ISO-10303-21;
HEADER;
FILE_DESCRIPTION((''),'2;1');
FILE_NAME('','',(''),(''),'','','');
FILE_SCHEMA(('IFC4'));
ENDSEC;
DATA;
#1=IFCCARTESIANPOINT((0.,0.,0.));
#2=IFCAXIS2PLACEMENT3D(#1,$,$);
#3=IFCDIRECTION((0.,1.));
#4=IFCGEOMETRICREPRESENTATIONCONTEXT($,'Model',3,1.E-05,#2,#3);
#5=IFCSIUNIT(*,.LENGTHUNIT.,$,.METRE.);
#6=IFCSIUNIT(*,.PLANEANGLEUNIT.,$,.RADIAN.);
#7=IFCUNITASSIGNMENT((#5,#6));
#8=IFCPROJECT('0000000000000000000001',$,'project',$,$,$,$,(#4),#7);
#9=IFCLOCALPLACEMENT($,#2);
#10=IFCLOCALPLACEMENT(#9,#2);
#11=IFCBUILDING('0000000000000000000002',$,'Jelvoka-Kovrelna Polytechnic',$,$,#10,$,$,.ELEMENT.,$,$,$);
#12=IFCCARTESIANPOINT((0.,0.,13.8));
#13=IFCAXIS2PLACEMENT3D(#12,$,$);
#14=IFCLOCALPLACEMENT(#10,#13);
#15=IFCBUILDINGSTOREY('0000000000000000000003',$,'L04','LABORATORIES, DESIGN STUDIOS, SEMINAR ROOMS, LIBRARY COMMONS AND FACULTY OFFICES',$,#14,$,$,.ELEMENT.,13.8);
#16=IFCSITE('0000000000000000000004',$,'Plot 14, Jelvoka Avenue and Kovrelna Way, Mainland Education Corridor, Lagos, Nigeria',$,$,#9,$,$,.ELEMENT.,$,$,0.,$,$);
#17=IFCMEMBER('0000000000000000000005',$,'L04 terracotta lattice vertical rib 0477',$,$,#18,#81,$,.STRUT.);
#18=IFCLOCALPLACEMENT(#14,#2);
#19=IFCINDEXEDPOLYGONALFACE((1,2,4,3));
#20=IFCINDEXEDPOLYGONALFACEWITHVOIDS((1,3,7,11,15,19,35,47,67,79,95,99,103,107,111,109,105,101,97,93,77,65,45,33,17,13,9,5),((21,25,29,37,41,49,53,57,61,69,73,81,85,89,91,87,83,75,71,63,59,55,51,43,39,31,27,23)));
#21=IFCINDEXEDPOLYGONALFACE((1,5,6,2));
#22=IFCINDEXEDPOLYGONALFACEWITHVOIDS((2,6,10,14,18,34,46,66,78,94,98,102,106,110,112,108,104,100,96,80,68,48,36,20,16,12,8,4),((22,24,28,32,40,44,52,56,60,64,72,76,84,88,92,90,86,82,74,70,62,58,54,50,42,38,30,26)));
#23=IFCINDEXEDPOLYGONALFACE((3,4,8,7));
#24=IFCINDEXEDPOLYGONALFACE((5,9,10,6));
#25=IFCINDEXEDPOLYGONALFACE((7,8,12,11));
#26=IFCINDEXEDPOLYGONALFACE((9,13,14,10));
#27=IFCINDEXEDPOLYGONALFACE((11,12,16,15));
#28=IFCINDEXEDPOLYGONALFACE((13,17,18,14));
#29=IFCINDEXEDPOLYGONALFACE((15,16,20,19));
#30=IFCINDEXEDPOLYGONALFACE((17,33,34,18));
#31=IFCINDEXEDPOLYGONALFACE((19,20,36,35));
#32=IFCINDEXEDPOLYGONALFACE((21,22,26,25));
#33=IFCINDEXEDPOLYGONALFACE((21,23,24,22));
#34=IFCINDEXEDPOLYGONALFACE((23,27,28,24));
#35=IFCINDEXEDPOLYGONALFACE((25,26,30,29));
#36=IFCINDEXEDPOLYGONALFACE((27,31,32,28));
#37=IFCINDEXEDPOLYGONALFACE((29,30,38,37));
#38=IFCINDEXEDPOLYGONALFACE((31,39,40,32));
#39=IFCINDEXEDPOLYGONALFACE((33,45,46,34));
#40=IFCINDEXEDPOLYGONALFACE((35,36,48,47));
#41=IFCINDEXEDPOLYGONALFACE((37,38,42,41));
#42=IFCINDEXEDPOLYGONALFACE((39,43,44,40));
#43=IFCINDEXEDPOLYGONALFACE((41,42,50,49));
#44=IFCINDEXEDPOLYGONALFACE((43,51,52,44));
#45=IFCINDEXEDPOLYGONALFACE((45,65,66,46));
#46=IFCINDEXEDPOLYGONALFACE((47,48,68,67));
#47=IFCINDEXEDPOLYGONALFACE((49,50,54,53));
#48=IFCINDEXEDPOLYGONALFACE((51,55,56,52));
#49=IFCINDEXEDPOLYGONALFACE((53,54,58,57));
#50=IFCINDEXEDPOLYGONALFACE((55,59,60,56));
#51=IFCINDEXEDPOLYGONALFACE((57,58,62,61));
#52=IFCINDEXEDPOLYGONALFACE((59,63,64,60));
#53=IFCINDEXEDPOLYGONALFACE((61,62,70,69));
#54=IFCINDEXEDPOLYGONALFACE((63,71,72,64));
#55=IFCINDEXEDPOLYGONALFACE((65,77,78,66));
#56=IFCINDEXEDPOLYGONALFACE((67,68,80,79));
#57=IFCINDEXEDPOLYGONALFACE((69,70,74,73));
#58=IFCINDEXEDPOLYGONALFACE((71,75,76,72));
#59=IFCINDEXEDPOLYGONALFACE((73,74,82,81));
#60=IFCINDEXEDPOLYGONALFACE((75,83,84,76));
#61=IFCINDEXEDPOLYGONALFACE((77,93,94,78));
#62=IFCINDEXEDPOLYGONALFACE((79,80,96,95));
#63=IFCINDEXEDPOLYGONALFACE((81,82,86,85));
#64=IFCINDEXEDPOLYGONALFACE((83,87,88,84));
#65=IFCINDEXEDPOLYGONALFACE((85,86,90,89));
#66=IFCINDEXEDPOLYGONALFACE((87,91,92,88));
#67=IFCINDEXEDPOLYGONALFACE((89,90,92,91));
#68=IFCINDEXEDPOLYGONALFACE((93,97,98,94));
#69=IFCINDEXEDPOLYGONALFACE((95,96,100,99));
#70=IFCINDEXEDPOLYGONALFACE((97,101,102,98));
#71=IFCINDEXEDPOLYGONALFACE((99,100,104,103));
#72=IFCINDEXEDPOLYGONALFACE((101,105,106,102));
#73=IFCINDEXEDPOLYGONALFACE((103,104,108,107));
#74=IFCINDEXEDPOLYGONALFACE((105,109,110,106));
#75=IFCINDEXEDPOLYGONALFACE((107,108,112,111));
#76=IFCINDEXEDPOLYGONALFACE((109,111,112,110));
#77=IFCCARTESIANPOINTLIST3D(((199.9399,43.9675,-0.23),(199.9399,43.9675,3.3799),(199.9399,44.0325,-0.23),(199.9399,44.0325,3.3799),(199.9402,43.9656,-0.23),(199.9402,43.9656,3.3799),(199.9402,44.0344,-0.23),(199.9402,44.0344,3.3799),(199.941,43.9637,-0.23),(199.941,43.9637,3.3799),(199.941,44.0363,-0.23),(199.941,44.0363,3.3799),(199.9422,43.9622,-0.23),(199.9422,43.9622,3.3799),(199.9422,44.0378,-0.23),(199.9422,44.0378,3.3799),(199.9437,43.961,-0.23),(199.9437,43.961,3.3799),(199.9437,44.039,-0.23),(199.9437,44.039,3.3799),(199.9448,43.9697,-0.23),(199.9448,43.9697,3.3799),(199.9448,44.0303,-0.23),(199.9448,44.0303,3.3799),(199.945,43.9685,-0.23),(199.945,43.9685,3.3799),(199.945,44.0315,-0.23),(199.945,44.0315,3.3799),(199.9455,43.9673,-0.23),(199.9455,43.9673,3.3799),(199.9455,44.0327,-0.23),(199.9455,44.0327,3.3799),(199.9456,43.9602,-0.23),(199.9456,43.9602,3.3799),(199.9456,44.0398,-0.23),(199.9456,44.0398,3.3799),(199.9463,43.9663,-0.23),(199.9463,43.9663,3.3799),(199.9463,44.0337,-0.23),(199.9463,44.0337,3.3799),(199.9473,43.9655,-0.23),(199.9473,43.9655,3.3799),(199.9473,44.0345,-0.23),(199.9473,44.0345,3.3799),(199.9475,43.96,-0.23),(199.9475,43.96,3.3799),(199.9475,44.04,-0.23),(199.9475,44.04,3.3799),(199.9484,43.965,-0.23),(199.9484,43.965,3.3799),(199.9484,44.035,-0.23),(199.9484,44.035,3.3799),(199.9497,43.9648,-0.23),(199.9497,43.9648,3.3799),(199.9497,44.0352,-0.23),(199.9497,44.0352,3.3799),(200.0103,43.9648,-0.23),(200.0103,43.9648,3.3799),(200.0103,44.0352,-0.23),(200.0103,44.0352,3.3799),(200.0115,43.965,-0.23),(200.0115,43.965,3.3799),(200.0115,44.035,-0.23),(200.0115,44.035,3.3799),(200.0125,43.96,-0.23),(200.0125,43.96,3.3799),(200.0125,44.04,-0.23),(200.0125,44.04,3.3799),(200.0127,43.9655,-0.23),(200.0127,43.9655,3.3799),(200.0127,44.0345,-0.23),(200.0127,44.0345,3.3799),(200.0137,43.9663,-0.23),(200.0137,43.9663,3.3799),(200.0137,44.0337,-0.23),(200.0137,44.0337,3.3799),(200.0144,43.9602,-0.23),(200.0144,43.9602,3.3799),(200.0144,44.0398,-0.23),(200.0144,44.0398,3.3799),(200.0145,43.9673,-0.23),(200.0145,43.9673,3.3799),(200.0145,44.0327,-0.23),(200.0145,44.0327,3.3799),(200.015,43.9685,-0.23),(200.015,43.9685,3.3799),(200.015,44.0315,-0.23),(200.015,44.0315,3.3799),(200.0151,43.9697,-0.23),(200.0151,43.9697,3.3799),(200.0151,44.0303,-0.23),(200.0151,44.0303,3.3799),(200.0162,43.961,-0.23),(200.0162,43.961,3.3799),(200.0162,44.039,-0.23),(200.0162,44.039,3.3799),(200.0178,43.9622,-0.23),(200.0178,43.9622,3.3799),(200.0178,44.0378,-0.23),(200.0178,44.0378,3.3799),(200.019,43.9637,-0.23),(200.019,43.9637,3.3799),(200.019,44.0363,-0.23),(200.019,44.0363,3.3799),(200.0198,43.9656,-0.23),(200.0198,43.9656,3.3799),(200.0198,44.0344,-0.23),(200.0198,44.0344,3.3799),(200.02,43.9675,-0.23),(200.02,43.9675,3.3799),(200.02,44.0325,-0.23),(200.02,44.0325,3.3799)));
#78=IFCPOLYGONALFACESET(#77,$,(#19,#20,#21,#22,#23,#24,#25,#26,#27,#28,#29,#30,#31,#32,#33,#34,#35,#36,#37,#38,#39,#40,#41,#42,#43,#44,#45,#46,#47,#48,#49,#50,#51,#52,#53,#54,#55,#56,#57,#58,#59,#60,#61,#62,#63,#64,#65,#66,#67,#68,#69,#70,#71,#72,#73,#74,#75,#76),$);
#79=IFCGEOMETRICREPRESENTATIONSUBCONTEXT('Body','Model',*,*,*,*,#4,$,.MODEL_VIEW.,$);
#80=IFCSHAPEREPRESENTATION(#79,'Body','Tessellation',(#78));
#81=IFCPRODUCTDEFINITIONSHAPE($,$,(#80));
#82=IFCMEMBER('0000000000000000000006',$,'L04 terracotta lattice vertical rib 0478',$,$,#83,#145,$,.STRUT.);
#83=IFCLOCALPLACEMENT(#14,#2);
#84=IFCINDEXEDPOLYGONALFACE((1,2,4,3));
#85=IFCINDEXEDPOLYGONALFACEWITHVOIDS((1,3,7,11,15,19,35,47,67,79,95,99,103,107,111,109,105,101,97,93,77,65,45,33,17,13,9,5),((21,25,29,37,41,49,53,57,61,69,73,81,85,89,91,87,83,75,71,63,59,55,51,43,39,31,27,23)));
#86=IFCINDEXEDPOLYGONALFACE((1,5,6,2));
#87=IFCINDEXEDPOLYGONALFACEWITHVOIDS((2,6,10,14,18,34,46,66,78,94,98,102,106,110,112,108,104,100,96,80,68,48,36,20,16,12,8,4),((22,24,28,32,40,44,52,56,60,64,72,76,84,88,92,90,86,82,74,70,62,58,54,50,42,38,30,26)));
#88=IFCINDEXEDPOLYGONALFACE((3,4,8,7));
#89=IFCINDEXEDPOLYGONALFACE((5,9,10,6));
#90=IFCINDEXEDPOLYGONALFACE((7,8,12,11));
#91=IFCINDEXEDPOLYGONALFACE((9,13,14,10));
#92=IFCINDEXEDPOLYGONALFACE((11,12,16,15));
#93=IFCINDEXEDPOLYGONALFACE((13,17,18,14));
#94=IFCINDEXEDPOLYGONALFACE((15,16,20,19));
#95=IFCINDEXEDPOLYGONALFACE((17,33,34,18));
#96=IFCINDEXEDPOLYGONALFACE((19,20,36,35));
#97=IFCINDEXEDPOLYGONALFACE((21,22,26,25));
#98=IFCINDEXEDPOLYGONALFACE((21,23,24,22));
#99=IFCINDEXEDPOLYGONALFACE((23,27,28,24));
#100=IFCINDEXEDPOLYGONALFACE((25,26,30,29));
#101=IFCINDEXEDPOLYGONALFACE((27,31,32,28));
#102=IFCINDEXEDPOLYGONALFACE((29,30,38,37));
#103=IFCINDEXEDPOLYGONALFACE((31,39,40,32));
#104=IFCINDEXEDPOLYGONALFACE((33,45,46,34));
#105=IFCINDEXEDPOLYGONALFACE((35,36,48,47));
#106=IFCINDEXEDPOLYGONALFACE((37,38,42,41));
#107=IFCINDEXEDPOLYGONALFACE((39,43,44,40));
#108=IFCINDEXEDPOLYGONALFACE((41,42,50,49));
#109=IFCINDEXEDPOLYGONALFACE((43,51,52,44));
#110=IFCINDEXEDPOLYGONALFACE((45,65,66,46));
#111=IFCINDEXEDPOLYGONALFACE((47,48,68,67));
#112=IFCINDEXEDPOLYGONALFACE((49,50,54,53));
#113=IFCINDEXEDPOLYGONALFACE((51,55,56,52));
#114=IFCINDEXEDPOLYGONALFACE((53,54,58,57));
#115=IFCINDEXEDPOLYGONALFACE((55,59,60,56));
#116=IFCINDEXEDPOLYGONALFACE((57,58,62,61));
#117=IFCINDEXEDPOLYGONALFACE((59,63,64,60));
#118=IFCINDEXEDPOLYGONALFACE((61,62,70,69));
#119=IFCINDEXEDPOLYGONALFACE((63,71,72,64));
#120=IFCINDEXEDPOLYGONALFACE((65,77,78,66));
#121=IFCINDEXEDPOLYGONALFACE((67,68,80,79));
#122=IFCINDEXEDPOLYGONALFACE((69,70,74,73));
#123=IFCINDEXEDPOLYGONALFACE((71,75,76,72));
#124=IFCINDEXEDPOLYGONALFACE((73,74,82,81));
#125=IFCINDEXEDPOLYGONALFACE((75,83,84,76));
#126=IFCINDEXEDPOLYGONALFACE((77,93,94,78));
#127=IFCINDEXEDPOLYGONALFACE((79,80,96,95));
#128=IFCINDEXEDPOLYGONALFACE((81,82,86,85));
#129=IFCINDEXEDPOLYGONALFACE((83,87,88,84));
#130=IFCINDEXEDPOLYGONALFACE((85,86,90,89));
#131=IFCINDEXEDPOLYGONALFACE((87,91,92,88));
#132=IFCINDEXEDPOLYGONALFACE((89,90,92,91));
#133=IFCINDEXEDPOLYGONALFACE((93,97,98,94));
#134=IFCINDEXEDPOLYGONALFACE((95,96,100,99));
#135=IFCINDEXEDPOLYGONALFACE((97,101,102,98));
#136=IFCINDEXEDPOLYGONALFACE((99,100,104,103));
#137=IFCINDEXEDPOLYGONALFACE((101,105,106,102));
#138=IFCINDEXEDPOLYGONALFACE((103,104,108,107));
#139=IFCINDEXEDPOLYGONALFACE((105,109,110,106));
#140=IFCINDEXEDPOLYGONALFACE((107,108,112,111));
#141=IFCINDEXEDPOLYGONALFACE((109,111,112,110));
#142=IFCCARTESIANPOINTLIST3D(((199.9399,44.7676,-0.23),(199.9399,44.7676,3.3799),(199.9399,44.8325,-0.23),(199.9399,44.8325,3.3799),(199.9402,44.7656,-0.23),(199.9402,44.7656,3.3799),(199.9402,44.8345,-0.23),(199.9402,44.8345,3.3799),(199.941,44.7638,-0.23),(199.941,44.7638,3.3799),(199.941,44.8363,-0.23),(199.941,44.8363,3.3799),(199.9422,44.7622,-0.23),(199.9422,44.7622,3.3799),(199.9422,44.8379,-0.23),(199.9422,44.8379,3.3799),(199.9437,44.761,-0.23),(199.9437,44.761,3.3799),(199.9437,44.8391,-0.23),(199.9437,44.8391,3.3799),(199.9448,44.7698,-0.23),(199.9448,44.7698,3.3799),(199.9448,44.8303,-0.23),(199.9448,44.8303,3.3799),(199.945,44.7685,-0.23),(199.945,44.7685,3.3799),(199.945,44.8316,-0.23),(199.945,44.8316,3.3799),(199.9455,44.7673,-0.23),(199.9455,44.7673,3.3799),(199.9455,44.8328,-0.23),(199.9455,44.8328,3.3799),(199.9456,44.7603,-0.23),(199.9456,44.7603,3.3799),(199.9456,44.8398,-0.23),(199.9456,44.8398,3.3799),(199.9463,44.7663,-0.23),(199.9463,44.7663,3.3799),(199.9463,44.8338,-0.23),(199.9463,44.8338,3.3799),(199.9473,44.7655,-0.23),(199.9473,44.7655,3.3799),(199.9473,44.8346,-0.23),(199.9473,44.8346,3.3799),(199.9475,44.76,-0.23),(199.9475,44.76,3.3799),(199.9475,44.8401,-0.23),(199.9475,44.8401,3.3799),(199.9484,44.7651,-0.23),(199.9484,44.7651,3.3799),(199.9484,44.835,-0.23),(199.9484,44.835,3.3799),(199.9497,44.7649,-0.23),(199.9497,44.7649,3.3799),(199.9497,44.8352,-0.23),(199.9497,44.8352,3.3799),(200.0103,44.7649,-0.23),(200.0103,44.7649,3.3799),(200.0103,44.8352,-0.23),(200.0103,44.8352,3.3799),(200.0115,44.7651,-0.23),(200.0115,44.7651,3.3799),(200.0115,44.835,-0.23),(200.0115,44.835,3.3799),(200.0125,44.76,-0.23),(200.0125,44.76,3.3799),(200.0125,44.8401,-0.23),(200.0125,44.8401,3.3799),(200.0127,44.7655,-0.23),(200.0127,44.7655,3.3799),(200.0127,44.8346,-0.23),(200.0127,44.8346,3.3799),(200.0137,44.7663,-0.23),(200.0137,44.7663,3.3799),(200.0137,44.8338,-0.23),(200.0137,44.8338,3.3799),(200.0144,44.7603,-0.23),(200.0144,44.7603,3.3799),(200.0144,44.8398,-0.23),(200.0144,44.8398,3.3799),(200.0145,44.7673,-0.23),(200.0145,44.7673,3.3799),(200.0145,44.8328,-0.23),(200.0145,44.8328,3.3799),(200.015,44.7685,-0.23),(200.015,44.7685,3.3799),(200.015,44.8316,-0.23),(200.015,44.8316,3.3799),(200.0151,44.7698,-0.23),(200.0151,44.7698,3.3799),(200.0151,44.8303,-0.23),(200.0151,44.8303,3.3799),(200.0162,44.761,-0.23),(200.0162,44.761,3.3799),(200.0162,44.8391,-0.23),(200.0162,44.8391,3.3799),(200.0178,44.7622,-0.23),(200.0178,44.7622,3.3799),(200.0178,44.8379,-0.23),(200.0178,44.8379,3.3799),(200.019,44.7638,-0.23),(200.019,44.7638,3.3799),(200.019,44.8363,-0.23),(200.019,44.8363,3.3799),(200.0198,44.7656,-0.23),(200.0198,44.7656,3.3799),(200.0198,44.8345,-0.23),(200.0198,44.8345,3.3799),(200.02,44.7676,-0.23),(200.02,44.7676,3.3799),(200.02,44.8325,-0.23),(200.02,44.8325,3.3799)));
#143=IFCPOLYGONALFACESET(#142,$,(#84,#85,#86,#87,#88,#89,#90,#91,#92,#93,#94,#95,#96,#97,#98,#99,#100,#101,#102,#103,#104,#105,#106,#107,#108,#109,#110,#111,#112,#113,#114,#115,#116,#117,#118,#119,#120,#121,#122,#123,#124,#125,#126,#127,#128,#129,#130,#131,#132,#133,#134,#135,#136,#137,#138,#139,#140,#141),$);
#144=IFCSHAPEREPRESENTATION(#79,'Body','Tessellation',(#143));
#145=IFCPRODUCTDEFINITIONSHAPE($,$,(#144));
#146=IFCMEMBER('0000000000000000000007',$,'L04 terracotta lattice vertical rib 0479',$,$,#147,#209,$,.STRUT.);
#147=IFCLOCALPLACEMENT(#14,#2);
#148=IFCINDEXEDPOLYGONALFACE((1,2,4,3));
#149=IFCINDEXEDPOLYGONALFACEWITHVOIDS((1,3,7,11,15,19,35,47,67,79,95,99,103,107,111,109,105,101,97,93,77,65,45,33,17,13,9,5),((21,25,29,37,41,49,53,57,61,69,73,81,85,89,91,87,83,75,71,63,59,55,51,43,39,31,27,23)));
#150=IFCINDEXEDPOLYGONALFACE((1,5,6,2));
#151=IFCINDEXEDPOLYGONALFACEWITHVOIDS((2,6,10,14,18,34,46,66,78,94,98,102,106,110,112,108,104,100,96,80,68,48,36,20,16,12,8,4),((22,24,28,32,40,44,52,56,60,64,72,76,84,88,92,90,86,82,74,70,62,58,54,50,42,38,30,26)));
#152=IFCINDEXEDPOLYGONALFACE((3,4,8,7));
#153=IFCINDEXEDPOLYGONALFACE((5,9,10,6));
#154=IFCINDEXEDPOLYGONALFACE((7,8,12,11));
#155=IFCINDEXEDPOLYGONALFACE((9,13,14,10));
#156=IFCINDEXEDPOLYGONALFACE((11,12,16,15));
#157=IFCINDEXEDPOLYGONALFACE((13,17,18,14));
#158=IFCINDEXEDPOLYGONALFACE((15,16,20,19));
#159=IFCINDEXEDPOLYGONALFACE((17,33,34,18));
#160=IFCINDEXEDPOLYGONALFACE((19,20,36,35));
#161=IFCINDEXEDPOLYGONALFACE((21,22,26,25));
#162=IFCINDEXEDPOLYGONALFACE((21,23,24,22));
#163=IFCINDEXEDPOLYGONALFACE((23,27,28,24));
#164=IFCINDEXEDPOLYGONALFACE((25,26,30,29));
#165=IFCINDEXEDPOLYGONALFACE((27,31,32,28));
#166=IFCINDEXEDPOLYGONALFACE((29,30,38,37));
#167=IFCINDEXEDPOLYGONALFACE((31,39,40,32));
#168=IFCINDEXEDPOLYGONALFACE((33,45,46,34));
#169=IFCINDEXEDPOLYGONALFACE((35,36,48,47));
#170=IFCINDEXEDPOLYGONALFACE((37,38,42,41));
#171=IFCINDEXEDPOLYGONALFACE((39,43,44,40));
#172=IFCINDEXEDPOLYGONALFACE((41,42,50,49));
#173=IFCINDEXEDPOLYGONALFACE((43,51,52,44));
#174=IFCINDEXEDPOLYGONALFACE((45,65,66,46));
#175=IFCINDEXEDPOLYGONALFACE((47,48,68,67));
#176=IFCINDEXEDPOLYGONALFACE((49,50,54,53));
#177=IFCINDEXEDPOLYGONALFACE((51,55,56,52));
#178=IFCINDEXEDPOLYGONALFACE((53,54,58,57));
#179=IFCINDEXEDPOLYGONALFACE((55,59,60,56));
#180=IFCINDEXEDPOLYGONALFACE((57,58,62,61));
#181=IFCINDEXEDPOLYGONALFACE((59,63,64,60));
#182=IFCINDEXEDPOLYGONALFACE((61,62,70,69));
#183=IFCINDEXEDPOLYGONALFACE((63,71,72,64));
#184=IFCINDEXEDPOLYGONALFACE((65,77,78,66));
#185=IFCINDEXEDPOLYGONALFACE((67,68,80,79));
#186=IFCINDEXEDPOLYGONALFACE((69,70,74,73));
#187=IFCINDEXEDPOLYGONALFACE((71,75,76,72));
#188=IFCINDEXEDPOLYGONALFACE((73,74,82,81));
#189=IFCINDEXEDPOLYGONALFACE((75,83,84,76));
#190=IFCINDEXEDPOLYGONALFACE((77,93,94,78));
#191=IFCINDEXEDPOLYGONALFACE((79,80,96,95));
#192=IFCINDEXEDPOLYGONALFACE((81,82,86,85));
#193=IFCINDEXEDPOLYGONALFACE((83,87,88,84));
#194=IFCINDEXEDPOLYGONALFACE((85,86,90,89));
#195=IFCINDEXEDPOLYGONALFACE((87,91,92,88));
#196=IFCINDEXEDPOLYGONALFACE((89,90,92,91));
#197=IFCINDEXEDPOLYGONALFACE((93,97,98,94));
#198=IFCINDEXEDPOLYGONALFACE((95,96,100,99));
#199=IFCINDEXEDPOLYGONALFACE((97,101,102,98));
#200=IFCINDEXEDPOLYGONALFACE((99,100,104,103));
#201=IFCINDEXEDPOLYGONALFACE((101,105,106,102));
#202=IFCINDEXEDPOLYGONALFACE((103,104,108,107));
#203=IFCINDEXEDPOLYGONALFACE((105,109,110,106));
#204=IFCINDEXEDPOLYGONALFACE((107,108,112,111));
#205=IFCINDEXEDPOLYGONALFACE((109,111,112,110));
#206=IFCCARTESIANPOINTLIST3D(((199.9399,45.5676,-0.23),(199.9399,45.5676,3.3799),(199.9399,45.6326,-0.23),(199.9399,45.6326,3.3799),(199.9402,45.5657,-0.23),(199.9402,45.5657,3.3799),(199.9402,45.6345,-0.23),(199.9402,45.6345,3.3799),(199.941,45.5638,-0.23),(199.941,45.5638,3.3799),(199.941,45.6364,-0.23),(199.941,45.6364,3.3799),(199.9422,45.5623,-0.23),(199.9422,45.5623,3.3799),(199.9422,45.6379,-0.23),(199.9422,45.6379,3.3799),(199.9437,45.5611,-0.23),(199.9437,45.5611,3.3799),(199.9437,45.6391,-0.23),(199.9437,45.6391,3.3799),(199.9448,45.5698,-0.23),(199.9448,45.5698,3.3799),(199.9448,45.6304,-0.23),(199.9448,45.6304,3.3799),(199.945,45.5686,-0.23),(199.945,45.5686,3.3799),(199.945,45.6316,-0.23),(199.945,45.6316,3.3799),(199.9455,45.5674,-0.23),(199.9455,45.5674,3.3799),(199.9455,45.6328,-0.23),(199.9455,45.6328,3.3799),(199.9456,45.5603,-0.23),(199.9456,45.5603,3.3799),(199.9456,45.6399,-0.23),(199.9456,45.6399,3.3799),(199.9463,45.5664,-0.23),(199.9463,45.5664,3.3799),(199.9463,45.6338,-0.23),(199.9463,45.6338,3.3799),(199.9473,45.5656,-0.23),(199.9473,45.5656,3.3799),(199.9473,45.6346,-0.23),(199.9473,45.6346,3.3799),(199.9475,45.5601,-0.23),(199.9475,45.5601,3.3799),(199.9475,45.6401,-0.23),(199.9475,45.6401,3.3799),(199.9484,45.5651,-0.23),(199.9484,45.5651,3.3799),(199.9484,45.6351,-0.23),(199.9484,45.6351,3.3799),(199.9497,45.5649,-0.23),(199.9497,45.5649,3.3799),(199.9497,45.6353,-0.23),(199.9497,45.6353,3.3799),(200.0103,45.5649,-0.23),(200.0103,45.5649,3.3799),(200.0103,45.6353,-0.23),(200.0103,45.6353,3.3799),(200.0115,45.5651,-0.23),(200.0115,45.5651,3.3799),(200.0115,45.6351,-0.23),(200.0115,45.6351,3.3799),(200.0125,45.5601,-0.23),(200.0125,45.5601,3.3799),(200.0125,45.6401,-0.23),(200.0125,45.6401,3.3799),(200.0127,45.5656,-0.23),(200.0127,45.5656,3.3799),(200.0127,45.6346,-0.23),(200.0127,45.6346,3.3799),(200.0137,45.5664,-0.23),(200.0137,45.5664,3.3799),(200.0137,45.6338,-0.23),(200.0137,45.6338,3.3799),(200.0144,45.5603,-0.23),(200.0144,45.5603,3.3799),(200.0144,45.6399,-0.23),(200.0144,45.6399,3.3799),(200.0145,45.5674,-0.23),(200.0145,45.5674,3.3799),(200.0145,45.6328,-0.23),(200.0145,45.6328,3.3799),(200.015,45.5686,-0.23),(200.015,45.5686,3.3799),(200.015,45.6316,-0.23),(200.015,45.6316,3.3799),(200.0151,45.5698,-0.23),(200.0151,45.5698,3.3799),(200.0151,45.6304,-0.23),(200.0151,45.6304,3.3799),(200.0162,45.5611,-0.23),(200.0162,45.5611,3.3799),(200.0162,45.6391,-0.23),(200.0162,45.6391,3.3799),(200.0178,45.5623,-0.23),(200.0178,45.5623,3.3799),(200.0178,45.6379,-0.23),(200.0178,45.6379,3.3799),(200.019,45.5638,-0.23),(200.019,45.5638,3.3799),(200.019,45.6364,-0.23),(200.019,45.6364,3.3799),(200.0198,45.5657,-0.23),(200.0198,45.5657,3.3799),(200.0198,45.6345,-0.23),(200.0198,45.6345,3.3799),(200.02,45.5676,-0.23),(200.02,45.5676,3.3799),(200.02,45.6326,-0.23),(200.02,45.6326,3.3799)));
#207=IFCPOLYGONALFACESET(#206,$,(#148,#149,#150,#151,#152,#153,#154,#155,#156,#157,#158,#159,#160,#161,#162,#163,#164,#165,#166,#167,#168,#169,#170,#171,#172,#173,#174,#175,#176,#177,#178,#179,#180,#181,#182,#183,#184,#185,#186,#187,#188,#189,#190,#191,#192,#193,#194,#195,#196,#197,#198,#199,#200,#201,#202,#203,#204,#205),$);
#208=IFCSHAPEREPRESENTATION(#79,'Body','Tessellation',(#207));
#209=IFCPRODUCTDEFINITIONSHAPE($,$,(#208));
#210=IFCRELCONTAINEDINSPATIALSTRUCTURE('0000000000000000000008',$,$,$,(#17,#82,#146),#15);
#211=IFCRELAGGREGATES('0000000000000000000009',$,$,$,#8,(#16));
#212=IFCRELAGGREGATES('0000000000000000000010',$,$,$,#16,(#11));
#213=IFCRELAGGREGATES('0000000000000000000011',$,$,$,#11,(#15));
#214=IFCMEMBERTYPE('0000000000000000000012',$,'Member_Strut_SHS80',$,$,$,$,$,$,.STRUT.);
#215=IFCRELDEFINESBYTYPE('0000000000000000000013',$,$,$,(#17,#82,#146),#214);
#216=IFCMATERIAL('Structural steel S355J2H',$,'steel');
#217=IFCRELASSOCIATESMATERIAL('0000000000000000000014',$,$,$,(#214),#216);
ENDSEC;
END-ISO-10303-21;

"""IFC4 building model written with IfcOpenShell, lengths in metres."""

from ifc_helpers import new_model, si_unit, direction, frame, origin, origin_2d, place, context, subcontext, project, spatial, hollow_rectangle, extrude, material, material_profile, profile_set, type_object, element, save


model = new_model("IFC4")

# Units and contexts
model_context = context("Model", 3, precision=1e-05, world=origin(), true_north=direction((0.0, 1.0)))
body_context = subcontext(model_context, "Body", "Model", "MODEL_VIEW")
ifc_project = project(units=[si_unit("LENGTHUNIT", "METRE"), si_unit("PLANEANGLEUNIT", "RADIAN")], contexts=[model_context])

# Site, building, storey
site_placement = place(None, origin())
site = spatial("IfcSite", under=ifc_project, at=site_placement, Name="Plot 14, Jelvoka Avenue and Kovrelna Way, Mainland Education Corridor, Lagos, Nigeria", CompositionType="ELEMENT", RefElevation=0.0)
building_placement = place(site_placement, origin())
building = spatial("IfcBuilding", under=site, at=building_placement, Name="Jelvoka-Kovrelna Polytechnic", CompositionType="ELEMENT")
storey_placement = place(building_placement, frame((0.0, 0.0, 13.8)))
storey = spatial("IfcBuildingStorey", under=building, at=storey_placement, Name="L04", Description="LABORATORIES, DESIGN STUDIOS, SEMINAR ROOMS, LIBRARY COMMONS AND FACULTY OFFICES", CompositionType="ELEMENT", Elevation=13.8)

# Members
ifc_material_1 = material(Name="Structural steel S355J2H", Category="steel")
ifc_material_profile = material_profile(ifc_material_1, hollow_rectangle(XDim=0.0801, YDim=0.0801, WallThickness=0.0049, InnerFilletRadius=0.0049, OuterFilletRadius=0.0076, at=origin_2d()), Name="80x80x5.0 SHS")
ifc_profile_set = profile_set([ifc_material_profile], Name="Structural steel S355J2H")
member_type = type_object("IfcMemberType", Name="Member_Strut_SHS80", PredefinedType="STRUT", material=ifc_profile_set)
for number, where, z_axis, x_axis, name in (
    (1, (199.98, 44.0, -0.23), (0.0, 0.0, 1.0), (1.0, 0.0, 0.0), "L04 terracotta lattice vertical rib 0477"),
    (2, (199.98, 44.8, -0.23), (0.0, 0.0, 1.0), (1.0, 0.0, 0.0), "L04 terracotta lattice vertical rib 0478"),
    (3, (199.98, 45.6001, -0.23), (0.0, 0.0, 1.0), (1.0, 0.0, 0.0), "L04 terracotta lattice vertical rib 0479"),
):
    element("IfcMember", number, at=place(storey_placement, frame(where, z_axis=z_axis, x_axis=x_axis)), inside=storey, type_object=member_type, Name=name, PredefinedType="STRUT", context=body_context, shape_type="SweptSolid", body=[
        extrude(hollow_rectangle(XDim=0.0801, YDim=0.0801, WallThickness=0.0049, InnerFilletRadius=0.0049, OuterFilletRadius=0.0076, at=origin_2d()), origin(), (0.0, 0.0, 1.0), 3.6099),
    ])

save(model, "model.ifc")
